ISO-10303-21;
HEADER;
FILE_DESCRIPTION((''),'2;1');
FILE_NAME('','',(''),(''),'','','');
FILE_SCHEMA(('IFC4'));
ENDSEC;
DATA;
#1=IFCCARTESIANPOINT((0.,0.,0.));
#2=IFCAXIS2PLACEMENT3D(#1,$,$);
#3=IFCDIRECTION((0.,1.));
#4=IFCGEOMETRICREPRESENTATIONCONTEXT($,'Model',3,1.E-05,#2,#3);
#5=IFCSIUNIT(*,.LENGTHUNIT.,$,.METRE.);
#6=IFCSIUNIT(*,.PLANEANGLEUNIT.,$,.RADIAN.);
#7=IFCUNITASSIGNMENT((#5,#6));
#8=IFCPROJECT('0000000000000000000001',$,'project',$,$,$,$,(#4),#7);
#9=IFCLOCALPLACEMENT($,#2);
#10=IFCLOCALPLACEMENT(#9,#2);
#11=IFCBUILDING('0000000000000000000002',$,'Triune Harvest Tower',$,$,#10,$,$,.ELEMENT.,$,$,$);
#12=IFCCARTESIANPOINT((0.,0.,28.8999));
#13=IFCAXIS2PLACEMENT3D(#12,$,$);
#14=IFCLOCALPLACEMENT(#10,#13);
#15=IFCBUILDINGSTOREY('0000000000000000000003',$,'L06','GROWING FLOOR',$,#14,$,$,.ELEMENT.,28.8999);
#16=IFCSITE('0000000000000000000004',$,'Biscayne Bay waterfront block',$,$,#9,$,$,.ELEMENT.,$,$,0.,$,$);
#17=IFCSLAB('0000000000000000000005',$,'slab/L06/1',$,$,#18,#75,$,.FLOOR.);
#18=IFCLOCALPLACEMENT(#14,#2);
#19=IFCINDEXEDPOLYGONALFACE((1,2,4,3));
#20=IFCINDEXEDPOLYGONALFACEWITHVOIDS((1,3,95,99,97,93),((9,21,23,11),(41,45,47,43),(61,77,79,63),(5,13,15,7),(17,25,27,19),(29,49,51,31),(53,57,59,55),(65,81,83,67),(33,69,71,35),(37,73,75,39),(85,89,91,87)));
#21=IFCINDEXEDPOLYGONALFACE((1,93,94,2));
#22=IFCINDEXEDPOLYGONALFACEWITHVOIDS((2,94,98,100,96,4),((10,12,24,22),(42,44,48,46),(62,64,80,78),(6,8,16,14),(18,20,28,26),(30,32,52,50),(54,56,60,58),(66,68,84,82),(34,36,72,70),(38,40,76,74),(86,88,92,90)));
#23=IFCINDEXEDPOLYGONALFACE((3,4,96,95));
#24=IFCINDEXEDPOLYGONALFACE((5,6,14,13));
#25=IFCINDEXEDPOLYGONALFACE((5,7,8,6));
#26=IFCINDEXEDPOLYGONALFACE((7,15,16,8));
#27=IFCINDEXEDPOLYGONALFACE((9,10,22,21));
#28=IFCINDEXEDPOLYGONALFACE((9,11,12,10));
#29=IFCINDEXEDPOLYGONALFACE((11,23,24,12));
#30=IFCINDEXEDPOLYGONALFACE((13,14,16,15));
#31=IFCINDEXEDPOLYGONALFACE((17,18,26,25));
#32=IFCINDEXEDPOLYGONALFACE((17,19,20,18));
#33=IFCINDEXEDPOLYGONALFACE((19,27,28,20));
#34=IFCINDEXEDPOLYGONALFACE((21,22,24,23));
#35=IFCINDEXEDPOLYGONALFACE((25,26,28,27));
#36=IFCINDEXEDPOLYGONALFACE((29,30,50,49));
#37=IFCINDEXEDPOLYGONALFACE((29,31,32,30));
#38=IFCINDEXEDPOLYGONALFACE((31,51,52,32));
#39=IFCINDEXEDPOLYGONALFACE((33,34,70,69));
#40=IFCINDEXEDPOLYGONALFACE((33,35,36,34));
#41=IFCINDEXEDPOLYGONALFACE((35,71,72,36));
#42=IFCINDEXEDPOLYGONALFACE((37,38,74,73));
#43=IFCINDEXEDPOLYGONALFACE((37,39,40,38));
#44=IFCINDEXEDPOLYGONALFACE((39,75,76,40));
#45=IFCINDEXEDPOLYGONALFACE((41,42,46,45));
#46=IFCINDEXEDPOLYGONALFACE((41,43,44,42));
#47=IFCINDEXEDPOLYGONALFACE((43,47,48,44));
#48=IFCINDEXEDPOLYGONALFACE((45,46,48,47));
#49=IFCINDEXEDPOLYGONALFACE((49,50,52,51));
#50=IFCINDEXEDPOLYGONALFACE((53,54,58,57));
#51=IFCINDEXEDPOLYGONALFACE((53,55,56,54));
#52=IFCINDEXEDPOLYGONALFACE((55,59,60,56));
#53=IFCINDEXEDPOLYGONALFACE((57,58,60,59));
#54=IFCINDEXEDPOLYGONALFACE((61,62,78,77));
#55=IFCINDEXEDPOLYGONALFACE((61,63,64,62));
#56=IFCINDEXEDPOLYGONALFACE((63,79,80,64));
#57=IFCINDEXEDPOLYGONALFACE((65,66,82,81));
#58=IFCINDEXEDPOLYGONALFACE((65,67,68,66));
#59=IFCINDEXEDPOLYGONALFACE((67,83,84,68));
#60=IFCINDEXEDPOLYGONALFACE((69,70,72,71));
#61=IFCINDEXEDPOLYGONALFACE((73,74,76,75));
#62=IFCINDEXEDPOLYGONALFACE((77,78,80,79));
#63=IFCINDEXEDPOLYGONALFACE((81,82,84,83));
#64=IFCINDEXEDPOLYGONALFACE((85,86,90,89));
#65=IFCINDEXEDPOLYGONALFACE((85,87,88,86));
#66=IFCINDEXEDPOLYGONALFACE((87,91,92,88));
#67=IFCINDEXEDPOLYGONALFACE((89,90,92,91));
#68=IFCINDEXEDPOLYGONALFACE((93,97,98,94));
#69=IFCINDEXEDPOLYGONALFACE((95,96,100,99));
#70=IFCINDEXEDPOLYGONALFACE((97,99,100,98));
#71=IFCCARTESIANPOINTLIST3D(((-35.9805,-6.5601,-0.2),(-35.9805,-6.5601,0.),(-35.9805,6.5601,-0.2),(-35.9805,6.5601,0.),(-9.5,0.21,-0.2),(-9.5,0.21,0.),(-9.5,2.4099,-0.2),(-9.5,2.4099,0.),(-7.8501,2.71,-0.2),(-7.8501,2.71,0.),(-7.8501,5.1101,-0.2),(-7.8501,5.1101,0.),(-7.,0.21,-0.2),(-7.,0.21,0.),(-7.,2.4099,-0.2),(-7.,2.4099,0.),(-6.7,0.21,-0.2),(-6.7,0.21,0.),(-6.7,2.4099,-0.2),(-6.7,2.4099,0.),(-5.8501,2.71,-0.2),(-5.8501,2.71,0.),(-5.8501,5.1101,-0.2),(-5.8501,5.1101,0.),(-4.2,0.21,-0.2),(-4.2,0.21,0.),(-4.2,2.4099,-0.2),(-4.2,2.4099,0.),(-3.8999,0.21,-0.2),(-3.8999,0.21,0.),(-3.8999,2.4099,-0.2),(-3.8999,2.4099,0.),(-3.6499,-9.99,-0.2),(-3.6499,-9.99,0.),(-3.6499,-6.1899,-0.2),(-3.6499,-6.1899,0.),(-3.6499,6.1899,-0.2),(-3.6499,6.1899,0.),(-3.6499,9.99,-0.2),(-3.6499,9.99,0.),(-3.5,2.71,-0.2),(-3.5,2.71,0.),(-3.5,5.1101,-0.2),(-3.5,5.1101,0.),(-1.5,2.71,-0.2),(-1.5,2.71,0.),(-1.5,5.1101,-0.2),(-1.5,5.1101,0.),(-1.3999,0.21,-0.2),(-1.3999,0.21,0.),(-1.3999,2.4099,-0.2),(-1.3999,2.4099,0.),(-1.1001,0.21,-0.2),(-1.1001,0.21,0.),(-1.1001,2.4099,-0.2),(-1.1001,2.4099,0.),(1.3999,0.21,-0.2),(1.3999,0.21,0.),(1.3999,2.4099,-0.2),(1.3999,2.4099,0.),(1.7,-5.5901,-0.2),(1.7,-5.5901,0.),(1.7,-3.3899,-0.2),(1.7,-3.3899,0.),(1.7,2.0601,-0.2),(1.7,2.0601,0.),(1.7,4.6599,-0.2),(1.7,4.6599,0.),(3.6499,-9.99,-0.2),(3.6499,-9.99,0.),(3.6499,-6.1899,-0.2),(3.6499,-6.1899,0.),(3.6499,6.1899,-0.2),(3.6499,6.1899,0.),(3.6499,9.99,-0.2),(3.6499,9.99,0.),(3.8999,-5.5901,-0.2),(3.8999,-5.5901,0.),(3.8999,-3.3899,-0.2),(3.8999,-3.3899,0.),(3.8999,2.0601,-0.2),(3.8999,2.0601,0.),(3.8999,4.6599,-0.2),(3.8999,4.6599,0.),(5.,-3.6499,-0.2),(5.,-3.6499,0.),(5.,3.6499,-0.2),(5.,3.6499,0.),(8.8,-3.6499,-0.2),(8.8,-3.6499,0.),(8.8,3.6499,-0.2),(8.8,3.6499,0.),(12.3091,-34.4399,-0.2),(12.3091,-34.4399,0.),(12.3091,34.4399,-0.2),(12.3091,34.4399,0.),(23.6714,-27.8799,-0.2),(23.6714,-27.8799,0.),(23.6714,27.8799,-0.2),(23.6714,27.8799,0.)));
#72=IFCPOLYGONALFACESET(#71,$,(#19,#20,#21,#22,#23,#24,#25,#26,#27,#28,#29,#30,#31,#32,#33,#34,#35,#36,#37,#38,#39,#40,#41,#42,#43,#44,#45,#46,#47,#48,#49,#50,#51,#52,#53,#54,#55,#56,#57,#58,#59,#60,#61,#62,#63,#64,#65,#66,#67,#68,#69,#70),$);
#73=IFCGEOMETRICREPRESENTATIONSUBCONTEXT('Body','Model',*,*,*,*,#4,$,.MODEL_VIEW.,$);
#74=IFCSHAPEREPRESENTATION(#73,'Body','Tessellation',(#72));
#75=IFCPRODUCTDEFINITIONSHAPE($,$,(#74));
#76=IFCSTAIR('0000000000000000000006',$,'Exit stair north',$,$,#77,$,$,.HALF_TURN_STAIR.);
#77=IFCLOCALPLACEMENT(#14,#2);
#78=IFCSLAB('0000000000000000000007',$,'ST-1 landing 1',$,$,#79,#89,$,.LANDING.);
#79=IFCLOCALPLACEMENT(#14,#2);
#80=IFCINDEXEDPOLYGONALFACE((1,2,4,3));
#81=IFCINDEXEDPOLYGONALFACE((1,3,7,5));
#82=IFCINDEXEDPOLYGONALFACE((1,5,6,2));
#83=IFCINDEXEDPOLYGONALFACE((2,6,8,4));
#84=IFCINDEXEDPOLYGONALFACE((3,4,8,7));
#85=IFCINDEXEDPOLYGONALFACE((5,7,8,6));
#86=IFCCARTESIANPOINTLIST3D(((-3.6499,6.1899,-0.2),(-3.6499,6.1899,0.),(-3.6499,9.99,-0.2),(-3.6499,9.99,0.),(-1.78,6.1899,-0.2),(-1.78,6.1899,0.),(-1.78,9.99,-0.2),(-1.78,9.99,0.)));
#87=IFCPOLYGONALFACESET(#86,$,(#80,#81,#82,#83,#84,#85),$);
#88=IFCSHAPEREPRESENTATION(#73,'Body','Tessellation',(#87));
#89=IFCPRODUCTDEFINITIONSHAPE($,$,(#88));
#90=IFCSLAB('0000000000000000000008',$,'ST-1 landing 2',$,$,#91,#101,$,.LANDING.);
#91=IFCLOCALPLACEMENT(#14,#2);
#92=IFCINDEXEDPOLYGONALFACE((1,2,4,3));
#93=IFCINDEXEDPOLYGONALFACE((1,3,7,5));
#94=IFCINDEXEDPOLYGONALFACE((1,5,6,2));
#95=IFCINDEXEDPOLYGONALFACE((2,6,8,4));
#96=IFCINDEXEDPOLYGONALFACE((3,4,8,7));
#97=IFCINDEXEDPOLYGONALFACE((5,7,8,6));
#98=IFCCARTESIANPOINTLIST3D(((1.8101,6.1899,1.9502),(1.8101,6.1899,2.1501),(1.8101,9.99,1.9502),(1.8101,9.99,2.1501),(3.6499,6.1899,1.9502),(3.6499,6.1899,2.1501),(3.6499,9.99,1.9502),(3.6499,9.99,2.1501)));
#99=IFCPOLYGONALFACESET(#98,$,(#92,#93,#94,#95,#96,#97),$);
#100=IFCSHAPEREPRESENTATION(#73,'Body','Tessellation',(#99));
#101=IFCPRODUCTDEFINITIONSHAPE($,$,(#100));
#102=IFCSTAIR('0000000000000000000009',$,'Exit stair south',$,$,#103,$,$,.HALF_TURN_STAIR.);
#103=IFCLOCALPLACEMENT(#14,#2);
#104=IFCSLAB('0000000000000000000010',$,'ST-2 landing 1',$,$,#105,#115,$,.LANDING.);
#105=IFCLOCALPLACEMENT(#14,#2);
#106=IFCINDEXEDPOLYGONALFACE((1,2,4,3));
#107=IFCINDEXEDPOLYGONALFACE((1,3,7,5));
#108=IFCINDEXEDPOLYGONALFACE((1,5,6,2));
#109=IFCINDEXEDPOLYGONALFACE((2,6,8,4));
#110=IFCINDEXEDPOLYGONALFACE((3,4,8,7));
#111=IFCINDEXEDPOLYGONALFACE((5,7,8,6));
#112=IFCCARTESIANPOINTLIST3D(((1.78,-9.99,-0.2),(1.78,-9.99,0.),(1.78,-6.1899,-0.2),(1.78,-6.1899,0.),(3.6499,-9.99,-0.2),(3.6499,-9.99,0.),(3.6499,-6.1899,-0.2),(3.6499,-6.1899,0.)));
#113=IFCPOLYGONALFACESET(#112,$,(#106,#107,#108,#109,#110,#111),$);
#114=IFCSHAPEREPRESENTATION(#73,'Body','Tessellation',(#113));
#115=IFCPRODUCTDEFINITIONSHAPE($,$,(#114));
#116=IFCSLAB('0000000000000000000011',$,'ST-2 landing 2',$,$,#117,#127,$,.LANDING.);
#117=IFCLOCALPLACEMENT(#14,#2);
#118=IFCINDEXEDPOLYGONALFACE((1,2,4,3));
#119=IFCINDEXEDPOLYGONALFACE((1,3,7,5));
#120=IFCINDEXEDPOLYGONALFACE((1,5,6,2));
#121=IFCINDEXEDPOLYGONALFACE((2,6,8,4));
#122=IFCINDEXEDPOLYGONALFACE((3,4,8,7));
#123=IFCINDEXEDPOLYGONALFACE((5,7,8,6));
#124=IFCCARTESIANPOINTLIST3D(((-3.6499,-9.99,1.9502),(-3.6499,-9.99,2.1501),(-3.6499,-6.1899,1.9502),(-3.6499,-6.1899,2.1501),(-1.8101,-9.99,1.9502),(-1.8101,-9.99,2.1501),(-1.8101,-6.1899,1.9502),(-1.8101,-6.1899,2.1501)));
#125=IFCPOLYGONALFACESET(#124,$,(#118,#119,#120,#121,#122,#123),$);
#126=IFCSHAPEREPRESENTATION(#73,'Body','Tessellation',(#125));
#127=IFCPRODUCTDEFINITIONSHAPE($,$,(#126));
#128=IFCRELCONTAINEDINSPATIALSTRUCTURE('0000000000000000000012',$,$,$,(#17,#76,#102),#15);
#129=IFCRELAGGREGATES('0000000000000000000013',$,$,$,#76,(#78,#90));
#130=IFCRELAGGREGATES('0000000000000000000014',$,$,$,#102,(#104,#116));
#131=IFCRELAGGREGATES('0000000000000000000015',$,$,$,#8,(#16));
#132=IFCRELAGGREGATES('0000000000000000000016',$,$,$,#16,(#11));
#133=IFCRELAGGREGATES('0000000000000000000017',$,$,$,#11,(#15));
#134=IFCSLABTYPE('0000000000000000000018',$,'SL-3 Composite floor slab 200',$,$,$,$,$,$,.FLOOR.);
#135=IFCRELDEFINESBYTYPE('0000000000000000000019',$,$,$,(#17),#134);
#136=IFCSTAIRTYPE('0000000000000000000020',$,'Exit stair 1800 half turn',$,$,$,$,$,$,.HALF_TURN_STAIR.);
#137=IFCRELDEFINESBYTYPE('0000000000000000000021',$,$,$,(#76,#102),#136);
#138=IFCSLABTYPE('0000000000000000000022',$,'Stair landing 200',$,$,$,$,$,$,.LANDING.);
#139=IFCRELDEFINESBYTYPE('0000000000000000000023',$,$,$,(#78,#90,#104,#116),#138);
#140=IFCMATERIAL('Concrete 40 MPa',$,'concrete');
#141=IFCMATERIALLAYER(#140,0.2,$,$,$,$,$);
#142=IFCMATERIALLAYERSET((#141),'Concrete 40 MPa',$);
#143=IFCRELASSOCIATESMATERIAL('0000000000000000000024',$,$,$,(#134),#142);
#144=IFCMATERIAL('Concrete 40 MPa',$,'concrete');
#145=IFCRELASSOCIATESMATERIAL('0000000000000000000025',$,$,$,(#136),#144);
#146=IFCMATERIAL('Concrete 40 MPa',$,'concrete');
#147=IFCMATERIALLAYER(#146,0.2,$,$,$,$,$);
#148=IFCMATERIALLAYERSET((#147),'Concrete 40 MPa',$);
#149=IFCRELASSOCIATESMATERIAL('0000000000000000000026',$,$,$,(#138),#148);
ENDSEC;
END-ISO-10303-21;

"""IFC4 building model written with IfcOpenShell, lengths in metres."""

from ifc_helpers import new_model, si_unit, direction, frame, origin, place, context, subcontext, project, spatial, polyline, outline, extrude, source, transform, mapped, material, layer, layer_set, type_object, element, aggregate, save


model = new_model("IFC4")

# Units and contexts
model_context = context("Model", 3, precision=1e-05, world=origin(), true_north=direction((0.0, 1.0)))
body_context = subcontext(model_context, "Body", "Model", "MODEL_VIEW")
ifc_project = project(units=[si_unit("LENGTHUNIT", "METRE"), si_unit("PLANEANGLEUNIT", "RADIAN")], contexts=[model_context])

# Site, building, storey
site_placement = place(None, origin())
site = spatial("IfcSite", under=ifc_project, at=site_placement, Name="Biscayne Bay waterfront block", CompositionType="ELEMENT", RefElevation=0.0)
building_placement = place(site_placement, origin())
building = spatial("IfcBuilding", under=site, at=building_placement, Name="Triune Harvest Tower", CompositionType="ELEMENT")
storey_placement = place(building_placement, frame((0.0, 0.0, 28.8999)))
storey = spatial("IfcBuildingStorey", under=building, at=storey_placement, Name="L06", Description="GROWING FLOOR", CompositionType="ELEMENT", Elevation=28.8999)

# Slab
ifc_material_1 = material(Name="Concrete 40 MPa", Category="concrete")
ifc_layer_1 = layer(ifc_material_1, 0.2)
ifc_layer_set_1 = layer_set([ifc_layer_1], Name="Concrete 40 MPa")
slab_type_1 = type_object("IfcSlabType", Name="SL-3 Composite floor slab 200", PredefinedType="FLOOR", material=ifc_layer_set_1)
shared_shape_1 = source(origin(), body_context, "Body", "SweptSolid", [
    extrude(outline(polyline([(23.6714, -27.8799), (23.6714, 27.8799), (12.3091, 34.4399), (-35.9805, 6.5601), (-35.9805, -6.5601), (12.3091, -34.4399), (23.6714, -27.8799)]), holes=[polyline([(-7.0, 0.21), (-7.0, 2.4099), (-9.5, 2.4099), (-9.5, 0.21), (-7.0, 0.21)]), polyline([(-4.2, 0.21), (-4.2, 2.4099), (-6.7, 2.4099), (-6.7, 0.21), (-4.2, 0.21)]), polyline([(-1.3999, 0.21), (-1.3999, 2.4099), (-3.8999, 2.4099), (-3.8999, 0.21), (-1.3999, 0.21)]), polyline([(1.3999, 0.21), (1.3999, 2.4099), (-1.1001, 2.4099), (-1.1001, 0.21), (1.3999, 0.21)]), polyline([(3.8999, 2.0601), (3.8999, 4.6599), (1.7, 4.6599), (1.7, 2.0601), (3.8999, 2.0601)]), polyline([(3.8999, -5.5901), (3.8999, -3.3899), (1.7, -3.3899), (1.7, -5.5901), (3.8999, -5.5901)]), polyline([(-5.8501, 2.71), (-5.8501, 5.1101), (-7.8501, 5.1101), (-7.8501, 2.71), (-5.8501, 2.71)]), polyline([(-1.5, 2.71), (-1.5, 5.1101), (-3.5, 5.1101), (-3.5, 2.71), (-1.5, 2.71)]), polyline([(3.6499, 6.1899), (3.6499, 9.99), (-3.6499, 9.99), (-3.6499, 6.1899), (3.6499, 6.1899)]), polyline([(3.6499, -9.99), (3.6499, -6.1899), (-3.6499, -6.1899), (-3.6499, -9.99), (3.6499, -9.99)]), polyline([(8.8, -3.6499), (8.8, 3.6499), (5.0, 3.6499), (5.0, -3.6499), (8.8, -3.6499)])]), origin(), (0.0, 0.0, 1.0), 0.2),
])
slab_1_placement = place(storey_placement, frame((0.0, 0.0, -0.2)))
element("IfcSlab", 1, at=slab_1_placement, inside=storey, type_object=slab_type_1, Name="slab/L06/1", PredefinedType="FLOOR", context=body_context, shape_type="MappedRepresentation", body=[
    mapped(shared_shape_1, transform((0.0, 0.0, 0.0), scale=1.0)),
])

# Stairs, slabs
ifc_material_2 = material(Name="Concrete 40 MPa", Category="concrete")
stair_type = type_object("IfcStairType", Name="Exit stair 1800 half turn", PredefinedType="HALF_TURN_STAIR", material=ifc_material_2)
stair_1_placement = place(storey_placement, origin())
stair_1 = element("IfcStair", 2, at=stair_1_placement, inside=storey, type_object=stair_type, Name="Exit stair north", PredefinedType="HALF_TURN_STAIR")
ifc_material_3 = material(Name="Concrete 40 MPa", Category="concrete")
ifc_layer_2 = layer(ifc_material_3, 0.2)
ifc_layer_set_2 = layer_set([ifc_layer_2], Name="Concrete 40 MPa")
slab_type_2 = type_object("IfcSlabType", Name="Stair landing 200", PredefinedType="LANDING", material=ifc_layer_set_2)
shared_shape_2 = source(origin(), body_context, "Body", "SweptSolid", [
    extrude(outline(polyline([(-3.6499, 6.1899), (-1.78, 6.1899), (-1.78, 9.99), (-3.6499, 9.99), (-3.6499, 6.1899)])), origin(), (0.0, 0.0, 1.0), 0.2),
])
slab_2_placement = place(storey_placement, frame((0.0, 0.0, -0.2)))
slab_2 = element("IfcSlab", 3, at=slab_2_placement, type_object=slab_type_2, Name="ST-1 landing 1", PredefinedType="LANDING", context=body_context, shape_type="MappedRepresentation", body=[
    mapped(shared_shape_2, transform((0.0, 0.0, 0.0), scale=1.0)),
])
shared_shape_3 = source(origin(), body_context, "Body", "SweptSolid", [
    extrude(outline(polyline([(1.8101, 6.1899), (3.6499, 6.1899), (3.6499, 9.99), (1.8101, 9.99), (1.8101, 6.1899)])), origin(), (0.0, 0.0, 1.0), 0.2),
])
slab_3_placement = place(storey_placement, frame((0.0, 0.0, 1.9502)))
slab_3 = element("IfcSlab", 4, at=slab_3_placement, type_object=slab_type_2, Name="ST-1 landing 2", PredefinedType="LANDING", context=body_context, shape_type="MappedRepresentation", body=[
    mapped(shared_shape_3, transform((0.0, 0.0, 0.0), scale=1.0)),
])
aggregate(stair_1, [slab_2, slab_3])
stair_2_placement = place(storey_placement, origin())
stair_2 = element("IfcStair", 5, at=stair_2_placement, inside=storey, type_object=stair_type, Name="Exit stair south", PredefinedType="HALF_TURN_STAIR")
shared_shape_4 = source(origin(), body_context, "Body", "SweptSolid", [
    extrude(outline(polyline([(3.6499, -6.1899), (1.78, -6.1899), (1.78, -9.99), (3.6499, -9.99), (3.6499, -6.1899)])), origin(), (0.0, 0.0, 1.0), 0.2),
])
slab_4_placement = place(storey_placement, frame((0.0, 0.0, -0.2)))
slab_4 = element("IfcSlab", 6, at=slab_4_placement, type_object=slab_type_2, Name="ST-2 landing 1", PredefinedType="LANDING", context=body_context, shape_type="MappedRepresentation", body=[
    mapped(shared_shape_4, transform((0.0, 0.0, 0.0), scale=1.0)),
])
shared_shape_5 = source(origin(), body_context, "Body", "SweptSolid", [
    extrude(outline(polyline([(-1.8101, -6.1899), (-3.6499, -6.1899), (-3.6499, -9.99), (-1.8101, -9.99), (-1.8101, -6.1899)])), origin(), (0.0, 0.0, 1.0), 0.2),
])
slab_5_placement = place(storey_placement, frame((0.0, 0.0, 1.9502)))
slab_5 = element("IfcSlab", 7, at=slab_5_placement, type_object=slab_type_2, Name="ST-2 landing 2", PredefinedType="LANDING", context=body_context, shape_type="MappedRepresentation", body=[
    mapped(shared_shape_5, transform((0.0, 0.0, 0.0), scale=1.0)),
])
aggregate(stair_2, [slab_4, slab_5])

save(model, "model.ifc")
